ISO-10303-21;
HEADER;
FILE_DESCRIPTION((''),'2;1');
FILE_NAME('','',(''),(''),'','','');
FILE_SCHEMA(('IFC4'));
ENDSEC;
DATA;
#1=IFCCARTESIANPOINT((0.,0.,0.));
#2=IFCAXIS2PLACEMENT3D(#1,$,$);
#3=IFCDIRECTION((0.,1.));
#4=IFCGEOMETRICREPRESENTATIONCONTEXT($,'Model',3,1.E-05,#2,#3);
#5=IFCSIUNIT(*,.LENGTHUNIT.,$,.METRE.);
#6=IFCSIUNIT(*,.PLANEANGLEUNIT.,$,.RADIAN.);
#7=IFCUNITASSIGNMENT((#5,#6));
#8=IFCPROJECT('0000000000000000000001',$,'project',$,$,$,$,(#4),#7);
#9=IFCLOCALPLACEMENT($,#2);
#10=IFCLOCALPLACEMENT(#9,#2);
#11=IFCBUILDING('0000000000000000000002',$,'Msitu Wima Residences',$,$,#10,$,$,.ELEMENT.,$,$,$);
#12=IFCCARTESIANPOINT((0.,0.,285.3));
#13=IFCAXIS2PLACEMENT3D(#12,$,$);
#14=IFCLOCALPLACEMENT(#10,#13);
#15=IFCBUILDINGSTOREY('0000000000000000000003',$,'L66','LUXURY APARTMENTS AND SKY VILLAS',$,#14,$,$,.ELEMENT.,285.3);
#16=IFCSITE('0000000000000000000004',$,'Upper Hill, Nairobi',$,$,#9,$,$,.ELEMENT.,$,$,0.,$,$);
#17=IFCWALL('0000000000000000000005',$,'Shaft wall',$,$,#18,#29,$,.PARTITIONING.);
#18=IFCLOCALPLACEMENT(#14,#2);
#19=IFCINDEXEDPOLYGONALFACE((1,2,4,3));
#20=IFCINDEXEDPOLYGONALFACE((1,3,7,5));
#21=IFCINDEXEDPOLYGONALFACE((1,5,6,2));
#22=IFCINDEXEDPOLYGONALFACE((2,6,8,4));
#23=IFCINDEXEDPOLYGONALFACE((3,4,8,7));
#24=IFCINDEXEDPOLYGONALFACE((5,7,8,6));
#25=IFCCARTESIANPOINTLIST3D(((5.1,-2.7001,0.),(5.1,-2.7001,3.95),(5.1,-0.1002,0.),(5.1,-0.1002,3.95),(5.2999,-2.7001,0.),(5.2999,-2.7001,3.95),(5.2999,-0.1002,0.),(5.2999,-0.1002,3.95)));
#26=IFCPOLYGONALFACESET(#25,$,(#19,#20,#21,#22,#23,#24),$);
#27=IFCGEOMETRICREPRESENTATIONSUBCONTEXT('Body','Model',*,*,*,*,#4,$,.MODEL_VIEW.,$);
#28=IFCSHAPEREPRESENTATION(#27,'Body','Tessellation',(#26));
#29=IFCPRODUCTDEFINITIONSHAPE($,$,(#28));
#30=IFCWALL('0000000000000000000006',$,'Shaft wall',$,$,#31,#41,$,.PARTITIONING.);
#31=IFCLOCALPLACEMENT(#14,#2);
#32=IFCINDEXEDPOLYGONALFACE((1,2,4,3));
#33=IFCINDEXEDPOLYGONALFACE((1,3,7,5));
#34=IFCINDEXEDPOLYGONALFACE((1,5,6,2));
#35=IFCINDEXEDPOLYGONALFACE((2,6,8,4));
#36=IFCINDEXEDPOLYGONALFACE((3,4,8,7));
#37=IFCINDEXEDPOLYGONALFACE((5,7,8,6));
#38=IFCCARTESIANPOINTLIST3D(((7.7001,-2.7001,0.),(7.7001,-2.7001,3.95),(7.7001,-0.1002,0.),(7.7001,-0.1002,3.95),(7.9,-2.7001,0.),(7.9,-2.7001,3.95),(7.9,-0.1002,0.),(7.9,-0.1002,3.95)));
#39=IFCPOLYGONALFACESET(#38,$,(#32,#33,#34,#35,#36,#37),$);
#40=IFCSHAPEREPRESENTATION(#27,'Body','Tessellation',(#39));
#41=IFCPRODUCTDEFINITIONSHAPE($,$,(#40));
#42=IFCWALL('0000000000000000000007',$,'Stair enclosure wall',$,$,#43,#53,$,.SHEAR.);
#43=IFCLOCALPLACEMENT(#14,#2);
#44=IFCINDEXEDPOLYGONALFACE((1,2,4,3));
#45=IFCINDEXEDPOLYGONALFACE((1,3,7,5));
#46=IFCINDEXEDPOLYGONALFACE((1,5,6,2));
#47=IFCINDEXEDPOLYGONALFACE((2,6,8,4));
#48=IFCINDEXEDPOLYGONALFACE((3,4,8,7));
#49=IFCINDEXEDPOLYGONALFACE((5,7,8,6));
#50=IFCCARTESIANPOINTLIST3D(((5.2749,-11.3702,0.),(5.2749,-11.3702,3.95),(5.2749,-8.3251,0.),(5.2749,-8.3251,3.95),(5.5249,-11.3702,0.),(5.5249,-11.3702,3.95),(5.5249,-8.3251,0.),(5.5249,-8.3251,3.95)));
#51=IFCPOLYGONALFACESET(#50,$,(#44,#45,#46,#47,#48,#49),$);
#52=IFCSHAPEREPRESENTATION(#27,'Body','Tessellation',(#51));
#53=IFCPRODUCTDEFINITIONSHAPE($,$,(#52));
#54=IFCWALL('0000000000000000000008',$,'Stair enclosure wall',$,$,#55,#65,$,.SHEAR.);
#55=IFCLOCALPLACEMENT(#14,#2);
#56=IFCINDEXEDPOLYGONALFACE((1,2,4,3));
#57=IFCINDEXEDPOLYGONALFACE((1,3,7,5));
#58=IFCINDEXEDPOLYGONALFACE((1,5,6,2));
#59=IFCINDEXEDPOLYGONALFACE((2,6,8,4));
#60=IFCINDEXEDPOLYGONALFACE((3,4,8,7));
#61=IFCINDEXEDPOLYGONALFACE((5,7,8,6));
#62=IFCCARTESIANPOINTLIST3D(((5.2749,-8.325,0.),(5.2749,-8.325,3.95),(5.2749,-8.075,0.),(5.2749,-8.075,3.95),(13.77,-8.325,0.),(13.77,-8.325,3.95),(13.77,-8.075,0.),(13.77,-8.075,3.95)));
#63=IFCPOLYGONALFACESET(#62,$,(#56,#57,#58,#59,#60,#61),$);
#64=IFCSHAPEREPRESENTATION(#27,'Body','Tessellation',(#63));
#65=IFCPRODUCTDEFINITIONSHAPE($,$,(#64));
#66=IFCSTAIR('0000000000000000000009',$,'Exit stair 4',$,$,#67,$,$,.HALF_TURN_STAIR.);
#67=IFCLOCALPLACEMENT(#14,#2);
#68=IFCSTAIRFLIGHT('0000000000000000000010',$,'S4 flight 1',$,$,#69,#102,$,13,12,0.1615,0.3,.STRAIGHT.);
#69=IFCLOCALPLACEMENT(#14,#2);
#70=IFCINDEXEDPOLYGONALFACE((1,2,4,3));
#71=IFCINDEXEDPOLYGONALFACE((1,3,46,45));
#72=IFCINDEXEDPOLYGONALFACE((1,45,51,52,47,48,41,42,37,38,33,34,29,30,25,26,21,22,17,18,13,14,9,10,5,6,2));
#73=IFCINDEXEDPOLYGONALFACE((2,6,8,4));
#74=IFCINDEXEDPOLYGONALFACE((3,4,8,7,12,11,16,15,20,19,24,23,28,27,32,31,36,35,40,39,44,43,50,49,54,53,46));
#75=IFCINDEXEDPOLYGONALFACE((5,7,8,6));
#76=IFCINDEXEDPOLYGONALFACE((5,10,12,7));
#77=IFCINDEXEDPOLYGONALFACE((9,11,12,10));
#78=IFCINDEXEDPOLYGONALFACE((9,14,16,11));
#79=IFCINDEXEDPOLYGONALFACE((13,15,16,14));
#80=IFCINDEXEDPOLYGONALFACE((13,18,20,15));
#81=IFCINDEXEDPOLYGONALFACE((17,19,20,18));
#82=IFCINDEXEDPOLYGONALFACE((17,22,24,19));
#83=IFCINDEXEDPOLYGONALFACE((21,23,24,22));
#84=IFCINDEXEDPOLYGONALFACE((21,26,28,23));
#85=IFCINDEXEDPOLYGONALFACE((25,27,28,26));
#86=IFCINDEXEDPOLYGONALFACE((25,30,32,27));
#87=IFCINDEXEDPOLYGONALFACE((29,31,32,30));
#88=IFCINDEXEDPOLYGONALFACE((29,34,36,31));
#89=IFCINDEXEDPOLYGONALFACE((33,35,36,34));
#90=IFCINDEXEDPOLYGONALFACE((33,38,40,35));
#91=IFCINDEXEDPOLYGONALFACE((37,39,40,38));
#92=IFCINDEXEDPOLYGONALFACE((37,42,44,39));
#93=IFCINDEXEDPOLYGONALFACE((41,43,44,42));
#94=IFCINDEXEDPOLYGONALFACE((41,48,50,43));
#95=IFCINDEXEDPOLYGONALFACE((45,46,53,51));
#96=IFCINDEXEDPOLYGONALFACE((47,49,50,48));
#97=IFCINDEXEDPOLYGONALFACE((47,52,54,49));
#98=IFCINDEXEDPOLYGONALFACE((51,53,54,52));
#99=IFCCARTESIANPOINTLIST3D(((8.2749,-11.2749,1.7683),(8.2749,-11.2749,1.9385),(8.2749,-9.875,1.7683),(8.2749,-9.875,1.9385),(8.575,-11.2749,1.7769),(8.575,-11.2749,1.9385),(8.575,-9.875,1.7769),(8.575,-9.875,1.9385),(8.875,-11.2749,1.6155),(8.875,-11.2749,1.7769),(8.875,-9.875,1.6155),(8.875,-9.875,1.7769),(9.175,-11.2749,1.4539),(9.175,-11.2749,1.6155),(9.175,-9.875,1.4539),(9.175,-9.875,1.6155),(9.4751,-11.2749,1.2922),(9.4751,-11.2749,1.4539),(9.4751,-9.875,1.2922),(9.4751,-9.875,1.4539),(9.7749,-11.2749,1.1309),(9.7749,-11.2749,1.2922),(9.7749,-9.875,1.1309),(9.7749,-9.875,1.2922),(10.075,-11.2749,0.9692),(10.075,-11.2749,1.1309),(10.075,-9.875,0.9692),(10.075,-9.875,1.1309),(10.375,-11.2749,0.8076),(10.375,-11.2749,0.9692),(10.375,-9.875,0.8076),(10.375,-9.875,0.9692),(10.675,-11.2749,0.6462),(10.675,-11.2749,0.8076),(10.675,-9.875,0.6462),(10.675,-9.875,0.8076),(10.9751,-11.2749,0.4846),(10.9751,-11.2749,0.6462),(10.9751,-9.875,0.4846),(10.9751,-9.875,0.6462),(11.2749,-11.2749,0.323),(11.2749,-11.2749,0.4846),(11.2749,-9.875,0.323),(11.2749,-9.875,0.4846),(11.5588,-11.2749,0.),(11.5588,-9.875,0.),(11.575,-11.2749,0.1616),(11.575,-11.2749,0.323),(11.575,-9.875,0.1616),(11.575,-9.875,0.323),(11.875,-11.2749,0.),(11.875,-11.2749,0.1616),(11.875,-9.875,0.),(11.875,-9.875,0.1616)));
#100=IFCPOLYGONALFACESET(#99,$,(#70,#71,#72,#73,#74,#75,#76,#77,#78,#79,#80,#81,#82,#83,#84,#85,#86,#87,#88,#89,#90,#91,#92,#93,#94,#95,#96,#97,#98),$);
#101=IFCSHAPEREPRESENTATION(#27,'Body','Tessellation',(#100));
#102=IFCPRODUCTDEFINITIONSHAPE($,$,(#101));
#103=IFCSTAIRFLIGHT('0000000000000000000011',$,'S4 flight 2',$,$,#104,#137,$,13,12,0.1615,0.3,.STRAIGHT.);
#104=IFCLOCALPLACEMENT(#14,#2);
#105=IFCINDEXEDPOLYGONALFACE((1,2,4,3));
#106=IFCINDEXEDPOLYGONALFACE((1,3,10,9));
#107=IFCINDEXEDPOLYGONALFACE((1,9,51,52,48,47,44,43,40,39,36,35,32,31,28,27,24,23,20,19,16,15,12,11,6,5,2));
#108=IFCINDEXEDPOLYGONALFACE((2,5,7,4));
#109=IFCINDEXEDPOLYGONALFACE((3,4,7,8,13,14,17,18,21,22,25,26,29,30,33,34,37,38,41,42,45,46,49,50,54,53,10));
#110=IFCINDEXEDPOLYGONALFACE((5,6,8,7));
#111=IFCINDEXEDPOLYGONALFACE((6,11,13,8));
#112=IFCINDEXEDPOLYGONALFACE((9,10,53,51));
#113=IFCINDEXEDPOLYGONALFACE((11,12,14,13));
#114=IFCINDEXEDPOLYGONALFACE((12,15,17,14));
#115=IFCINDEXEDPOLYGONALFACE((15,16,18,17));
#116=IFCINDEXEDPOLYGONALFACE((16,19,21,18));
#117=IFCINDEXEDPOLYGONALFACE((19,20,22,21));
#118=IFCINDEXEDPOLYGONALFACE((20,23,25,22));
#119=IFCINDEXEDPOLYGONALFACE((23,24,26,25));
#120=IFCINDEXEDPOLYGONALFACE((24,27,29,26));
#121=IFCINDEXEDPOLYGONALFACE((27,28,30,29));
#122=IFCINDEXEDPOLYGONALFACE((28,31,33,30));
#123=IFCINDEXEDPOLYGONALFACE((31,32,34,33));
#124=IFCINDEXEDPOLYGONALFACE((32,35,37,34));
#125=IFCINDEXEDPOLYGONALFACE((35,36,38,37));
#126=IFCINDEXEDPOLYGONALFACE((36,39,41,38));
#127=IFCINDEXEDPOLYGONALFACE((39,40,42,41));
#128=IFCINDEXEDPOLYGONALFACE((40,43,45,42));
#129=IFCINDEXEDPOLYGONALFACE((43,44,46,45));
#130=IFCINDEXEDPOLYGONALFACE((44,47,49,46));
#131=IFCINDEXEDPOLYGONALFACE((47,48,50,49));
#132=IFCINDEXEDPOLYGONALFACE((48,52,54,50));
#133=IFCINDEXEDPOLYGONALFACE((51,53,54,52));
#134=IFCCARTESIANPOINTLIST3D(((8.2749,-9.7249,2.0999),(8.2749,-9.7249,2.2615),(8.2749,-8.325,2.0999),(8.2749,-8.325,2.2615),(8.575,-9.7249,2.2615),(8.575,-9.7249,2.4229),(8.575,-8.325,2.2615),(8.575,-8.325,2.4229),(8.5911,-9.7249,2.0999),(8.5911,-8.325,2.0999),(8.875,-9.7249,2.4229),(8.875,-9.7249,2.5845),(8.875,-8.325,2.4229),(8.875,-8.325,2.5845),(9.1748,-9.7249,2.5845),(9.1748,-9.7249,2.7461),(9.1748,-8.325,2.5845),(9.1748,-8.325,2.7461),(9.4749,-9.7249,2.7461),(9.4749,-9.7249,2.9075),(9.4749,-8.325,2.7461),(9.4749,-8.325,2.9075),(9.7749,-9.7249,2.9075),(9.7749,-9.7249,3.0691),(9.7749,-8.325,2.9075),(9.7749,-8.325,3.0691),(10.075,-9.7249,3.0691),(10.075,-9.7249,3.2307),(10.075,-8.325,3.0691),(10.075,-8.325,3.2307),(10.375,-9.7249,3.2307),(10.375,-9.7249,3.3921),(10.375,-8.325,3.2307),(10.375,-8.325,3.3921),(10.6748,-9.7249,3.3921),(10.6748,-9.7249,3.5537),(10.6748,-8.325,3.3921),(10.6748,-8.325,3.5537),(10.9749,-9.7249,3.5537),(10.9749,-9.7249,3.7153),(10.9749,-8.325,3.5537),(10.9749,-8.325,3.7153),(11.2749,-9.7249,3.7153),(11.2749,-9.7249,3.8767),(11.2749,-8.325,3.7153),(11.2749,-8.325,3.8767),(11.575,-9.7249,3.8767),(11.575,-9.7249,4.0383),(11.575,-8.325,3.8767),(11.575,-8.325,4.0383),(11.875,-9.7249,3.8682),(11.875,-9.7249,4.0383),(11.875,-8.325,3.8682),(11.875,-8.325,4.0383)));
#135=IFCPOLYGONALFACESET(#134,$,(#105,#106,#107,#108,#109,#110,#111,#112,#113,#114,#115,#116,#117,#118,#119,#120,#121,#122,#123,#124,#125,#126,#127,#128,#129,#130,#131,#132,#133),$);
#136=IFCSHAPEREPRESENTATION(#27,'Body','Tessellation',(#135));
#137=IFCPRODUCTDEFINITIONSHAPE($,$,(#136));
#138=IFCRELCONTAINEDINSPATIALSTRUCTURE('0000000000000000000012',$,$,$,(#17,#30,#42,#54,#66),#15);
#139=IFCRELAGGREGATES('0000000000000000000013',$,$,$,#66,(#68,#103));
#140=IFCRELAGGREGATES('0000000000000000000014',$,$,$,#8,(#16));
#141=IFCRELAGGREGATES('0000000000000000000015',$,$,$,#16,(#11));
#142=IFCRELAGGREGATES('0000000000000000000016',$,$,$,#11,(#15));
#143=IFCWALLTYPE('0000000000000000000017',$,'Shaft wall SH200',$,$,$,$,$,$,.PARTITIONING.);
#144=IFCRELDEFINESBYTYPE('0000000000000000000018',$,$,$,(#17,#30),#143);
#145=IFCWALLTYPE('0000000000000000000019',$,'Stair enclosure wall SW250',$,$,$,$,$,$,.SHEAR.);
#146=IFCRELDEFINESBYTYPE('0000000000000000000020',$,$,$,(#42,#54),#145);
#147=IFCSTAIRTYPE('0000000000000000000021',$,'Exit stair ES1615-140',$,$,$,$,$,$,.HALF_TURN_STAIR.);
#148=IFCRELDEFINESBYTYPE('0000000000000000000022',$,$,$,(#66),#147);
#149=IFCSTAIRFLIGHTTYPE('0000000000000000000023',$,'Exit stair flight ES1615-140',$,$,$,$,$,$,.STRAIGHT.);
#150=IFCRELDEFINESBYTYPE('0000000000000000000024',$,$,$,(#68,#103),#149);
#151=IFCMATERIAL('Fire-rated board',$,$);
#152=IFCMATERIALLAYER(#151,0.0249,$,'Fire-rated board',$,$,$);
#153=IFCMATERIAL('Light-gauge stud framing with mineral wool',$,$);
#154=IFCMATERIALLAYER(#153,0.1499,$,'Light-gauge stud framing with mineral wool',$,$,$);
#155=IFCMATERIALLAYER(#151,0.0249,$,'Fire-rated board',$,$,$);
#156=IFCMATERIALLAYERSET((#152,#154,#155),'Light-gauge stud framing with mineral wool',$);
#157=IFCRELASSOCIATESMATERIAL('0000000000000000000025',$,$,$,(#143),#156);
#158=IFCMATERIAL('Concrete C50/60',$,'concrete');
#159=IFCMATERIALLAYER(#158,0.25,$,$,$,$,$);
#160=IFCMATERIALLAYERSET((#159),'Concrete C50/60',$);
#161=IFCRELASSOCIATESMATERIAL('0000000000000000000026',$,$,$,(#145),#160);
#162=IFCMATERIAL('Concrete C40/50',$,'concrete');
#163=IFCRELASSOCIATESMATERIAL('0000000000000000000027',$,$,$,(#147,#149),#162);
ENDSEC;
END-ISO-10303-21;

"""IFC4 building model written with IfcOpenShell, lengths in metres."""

from ifc_helpers import new_model, si_unit, direction, frame, frame_2d, origin, place, context, subcontext, project, spatial, polyline, rectangle, outline, extrude, material, layer, layer_set, type_object, element, aggregate, save


model = new_model("IFC4")

# Units and contexts
model_context = context("Model", 3, precision=1e-05, world=origin(), true_north=direction((0.0, 1.0)))
body_context = subcontext(model_context, "Body", "Model", "MODEL_VIEW")
ifc_project = project(units=[si_unit("LENGTHUNIT", "METRE"), si_unit("PLANEANGLEUNIT", "RADIAN")], contexts=[model_context])

# Site, building, storey
site_placement = place(None, origin())
site = spatial("IfcSite", under=ifc_project, at=site_placement, Name="Upper Hill, Nairobi", CompositionType="ELEMENT", RefElevation=0.0)
building_placement = place(site_placement, origin())
building = spatial("IfcBuilding", under=site, at=building_placement, Name="Msitu Wima Residences", CompositionType="ELEMENT")
storey_placement = place(building_placement, frame((0.0, 0.0, 285.3)))
storey = spatial("IfcBuildingStorey", under=building, at=storey_placement, Name="L66", Description="LUXURY APARTMENTS AND SKY VILLAS", CompositionType="ELEMENT", Elevation=285.3)

# Shared definitions
ifc_material_1 = material(Name="Concrete C40/50", Category="concrete")

# Walls
ifc_material_2 = material(Name="Fire-rated board")
ifc_layer_1 = layer(ifc_material_2, 0.0249, Name="Fire-rated board")
ifc_material_3 = material(Name="Light-gauge stud framing with mineral wool")
ifc_layer_2 = layer(ifc_material_3, 0.1499, Name="Light-gauge stud framing with mineral wool")
ifc_layer_3 = layer(ifc_material_2, 0.0249, Name="Fire-rated board")
ifc_layer_set_1 = layer_set([ifc_layer_1, ifc_layer_2, ifc_layer_3], Name="Light-gauge stud framing with mineral wool")
wall_type_1 = type_object("IfcWallType", Name="Shaft wall SH200", PredefinedType="PARTITIONING", material=ifc_layer_set_1)
for number, where, z_axis, x_axis, name in (
    (1, (5.2, -2.7, 0.0), (0.0, 0.0, 1.0), (0.0, 1.0, 0.0), "Shaft wall"),
    (2, (7.8, -2.7, 0.0), (0.0, 0.0, 1.0), (0.0, 1.0, 0.0), "Shaft wall"),
):
    element("IfcWall", number, at=place(storey_placement, frame(where, z_axis=z_axis, x_axis=x_axis)), inside=storey, type_object=wall_type_1, Name=name, PredefinedType="PARTITIONING", context=body_context, shape_type="SweptSolid", body=[
        extrude(rectangle(XDim=2.5999, YDim=0.2, at=frame_2d((1.2998, 0.0))), origin(), (0.0, 0.0, 1.0), 3.95),
    ])
ifc_material_4 = material(Name="Concrete C50/60", Category="concrete")
ifc_layer_4 = layer(ifc_material_4, 0.25)
ifc_layer_set_2 = layer_set([ifc_layer_4], Name="Concrete C50/60")
wall_type_2 = type_object("IfcWallType", Name="Stair enclosure wall SW250", PredefinedType="SHEAR", material=ifc_layer_set_2)
wall_1_placement = place(storey_placement, frame((5.3999, -11.3701, 0.0), z_axis=(0.0, 0.0, 1.0), x_axis=(0.0, 1.0, 0.0)))
element("IfcWall", 3, at=wall_1_placement, inside=storey, type_object=wall_type_2, Name="Stair enclosure wall", PredefinedType="SHEAR", context=body_context, shape_type="SweptSolid", body=[
    extrude(rectangle(XDim=3.0452, YDim=0.25, at=frame_2d((1.5225, 0.0))), origin(), (0.0, 0.0, 1.0), 3.95),
])
wall_2_placement = place(storey_placement, frame((5.2749, -8.2, 0.0), z_axis=(0.0, 0.0, 1.0), x_axis=(1.0, 0.0, 0.0)))
element("IfcWall", 4, at=wall_2_placement, inside=storey, type_object=wall_type_2, Name="Stair enclosure wall", PredefinedType="SHEAR", context=body_context, shape_type="SweptSolid", body=[
    extrude(rectangle(XDim=8.4951, YDim=0.25, at=frame_2d((4.2476, 0.0))), origin(), (0.0, 0.0, 1.0), 3.95),
])

# Stair, stair flights
stair_type = type_object("IfcStairType", Name="Exit stair ES1615-140", PredefinedType="HALF_TURN_STAIR", material=ifc_material_1)
stair_placement = place(storey_placement, origin())
stair = element("IfcStair", 5, at=stair_placement, inside=storey, type_object=stair_type, Name="Exit stair 4", PredefinedType="HALF_TURN_STAIR")
stair_flight_type = type_object("IfcStairFlightType", Name="Exit stair flight ES1615-140", PredefinedType="STRAIGHT", material=ifc_material_1)
stair_flight_1_placement = place(storey_placement, frame((11.875, -10.575, 0.0), z_axis=(0.0, 0.0, 1.0), x_axis=(-1.0, 0.0, 0.0)))
stair_flight_1 = element("IfcStairFlight", 6, at=stair_flight_1_placement, type_object=stair_flight_type, Name="S4 flight 1", NumberOfRisers=13, NumberOfTreads=12, PredefinedType="STRAIGHT", RiserHeight=0.1615, TreadLength=0.3, context=body_context, shape_type="SweptSolid", body=[
    extrude(outline(polyline([(0.0, 0.0), (0.0, 0.1616), (0.3, 0.1616), (0.3, 0.323), (0.6001, 0.323), (0.6001, 0.4846), (0.8999, 0.4846), (0.8999, 0.6462), (1.2, 0.6462), (1.2, 0.8076), (1.5, 0.8076), (1.5, 0.9692), (1.8, 0.9692), (1.8, 1.1309), (2.1001, 1.1309), (2.1001, 1.2922), (2.3999, 1.2922), (2.3999, 1.4539), (2.7, 1.4539), (2.7, 1.6155), (3.0, 1.6155), (3.0, 1.7769), (3.3, 1.7769), (3.3, 1.9385), (3.6001, 1.9385), (3.6001, 2.1001), (3.6001, 1.7683), (0.3162, 0.0), (0.0, 0.0)])), frame((0.0, 0.7, 0.0), z_axis=(0.0, -1.0, 0.0), x_axis=(1.0, 0.0, 0.0)), (0.0, 0.0, 1.0), 1.3999),
])
stair_flight_2_placement = place(storey_placement, frame((8.2749, -9.0249, 2.0999), z_axis=(0.0, 0.0, 1.0), x_axis=(1.0, 0.0, 0.0)))
stair_flight_2 = element("IfcStairFlight", 7, at=stair_flight_2_placement, type_object=stair_flight_type, Name="S4 flight 2", NumberOfRisers=13, NumberOfTreads=12, PredefinedType="STRAIGHT", RiserHeight=0.1615, TreadLength=0.3, context=body_context, shape_type="SweptSolid", body=[
    extrude(outline(polyline([(0.0, 0.0), (0.0, 0.1616), (0.3, 0.1616), (0.3, 0.323), (0.6001, 0.323), (0.6001, 0.4846), (0.8999, 0.4846), (0.8999, 0.6462), (1.2, 0.6462), (1.2, 0.8076), (1.5, 0.8076), (1.5, 0.9692), (1.8, 0.9692), (1.8, 1.1309), (2.1001, 1.1309), (2.1001, 1.2922), (2.3999, 1.2922), (2.3999, 1.4539), (2.7, 1.4539), (2.7, 1.6155), (3.0, 1.6155), (3.0, 1.7769), (3.3, 1.7769), (3.3, 1.9385), (3.6001, 1.9385), (3.6001, 2.1001), (3.6001, 1.7683), (0.3162, 0.0), (0.0, 0.0)])), frame((0.0, 0.7, 0.0), z_axis=(0.0, -1.0, 0.0), x_axis=(1.0, 0.0, 0.0)), (0.0, 0.0, 1.0), 1.3999),
])
aggregate(stair, [stair_flight_1, stair_flight_2])

save(model, "model.ifc")
